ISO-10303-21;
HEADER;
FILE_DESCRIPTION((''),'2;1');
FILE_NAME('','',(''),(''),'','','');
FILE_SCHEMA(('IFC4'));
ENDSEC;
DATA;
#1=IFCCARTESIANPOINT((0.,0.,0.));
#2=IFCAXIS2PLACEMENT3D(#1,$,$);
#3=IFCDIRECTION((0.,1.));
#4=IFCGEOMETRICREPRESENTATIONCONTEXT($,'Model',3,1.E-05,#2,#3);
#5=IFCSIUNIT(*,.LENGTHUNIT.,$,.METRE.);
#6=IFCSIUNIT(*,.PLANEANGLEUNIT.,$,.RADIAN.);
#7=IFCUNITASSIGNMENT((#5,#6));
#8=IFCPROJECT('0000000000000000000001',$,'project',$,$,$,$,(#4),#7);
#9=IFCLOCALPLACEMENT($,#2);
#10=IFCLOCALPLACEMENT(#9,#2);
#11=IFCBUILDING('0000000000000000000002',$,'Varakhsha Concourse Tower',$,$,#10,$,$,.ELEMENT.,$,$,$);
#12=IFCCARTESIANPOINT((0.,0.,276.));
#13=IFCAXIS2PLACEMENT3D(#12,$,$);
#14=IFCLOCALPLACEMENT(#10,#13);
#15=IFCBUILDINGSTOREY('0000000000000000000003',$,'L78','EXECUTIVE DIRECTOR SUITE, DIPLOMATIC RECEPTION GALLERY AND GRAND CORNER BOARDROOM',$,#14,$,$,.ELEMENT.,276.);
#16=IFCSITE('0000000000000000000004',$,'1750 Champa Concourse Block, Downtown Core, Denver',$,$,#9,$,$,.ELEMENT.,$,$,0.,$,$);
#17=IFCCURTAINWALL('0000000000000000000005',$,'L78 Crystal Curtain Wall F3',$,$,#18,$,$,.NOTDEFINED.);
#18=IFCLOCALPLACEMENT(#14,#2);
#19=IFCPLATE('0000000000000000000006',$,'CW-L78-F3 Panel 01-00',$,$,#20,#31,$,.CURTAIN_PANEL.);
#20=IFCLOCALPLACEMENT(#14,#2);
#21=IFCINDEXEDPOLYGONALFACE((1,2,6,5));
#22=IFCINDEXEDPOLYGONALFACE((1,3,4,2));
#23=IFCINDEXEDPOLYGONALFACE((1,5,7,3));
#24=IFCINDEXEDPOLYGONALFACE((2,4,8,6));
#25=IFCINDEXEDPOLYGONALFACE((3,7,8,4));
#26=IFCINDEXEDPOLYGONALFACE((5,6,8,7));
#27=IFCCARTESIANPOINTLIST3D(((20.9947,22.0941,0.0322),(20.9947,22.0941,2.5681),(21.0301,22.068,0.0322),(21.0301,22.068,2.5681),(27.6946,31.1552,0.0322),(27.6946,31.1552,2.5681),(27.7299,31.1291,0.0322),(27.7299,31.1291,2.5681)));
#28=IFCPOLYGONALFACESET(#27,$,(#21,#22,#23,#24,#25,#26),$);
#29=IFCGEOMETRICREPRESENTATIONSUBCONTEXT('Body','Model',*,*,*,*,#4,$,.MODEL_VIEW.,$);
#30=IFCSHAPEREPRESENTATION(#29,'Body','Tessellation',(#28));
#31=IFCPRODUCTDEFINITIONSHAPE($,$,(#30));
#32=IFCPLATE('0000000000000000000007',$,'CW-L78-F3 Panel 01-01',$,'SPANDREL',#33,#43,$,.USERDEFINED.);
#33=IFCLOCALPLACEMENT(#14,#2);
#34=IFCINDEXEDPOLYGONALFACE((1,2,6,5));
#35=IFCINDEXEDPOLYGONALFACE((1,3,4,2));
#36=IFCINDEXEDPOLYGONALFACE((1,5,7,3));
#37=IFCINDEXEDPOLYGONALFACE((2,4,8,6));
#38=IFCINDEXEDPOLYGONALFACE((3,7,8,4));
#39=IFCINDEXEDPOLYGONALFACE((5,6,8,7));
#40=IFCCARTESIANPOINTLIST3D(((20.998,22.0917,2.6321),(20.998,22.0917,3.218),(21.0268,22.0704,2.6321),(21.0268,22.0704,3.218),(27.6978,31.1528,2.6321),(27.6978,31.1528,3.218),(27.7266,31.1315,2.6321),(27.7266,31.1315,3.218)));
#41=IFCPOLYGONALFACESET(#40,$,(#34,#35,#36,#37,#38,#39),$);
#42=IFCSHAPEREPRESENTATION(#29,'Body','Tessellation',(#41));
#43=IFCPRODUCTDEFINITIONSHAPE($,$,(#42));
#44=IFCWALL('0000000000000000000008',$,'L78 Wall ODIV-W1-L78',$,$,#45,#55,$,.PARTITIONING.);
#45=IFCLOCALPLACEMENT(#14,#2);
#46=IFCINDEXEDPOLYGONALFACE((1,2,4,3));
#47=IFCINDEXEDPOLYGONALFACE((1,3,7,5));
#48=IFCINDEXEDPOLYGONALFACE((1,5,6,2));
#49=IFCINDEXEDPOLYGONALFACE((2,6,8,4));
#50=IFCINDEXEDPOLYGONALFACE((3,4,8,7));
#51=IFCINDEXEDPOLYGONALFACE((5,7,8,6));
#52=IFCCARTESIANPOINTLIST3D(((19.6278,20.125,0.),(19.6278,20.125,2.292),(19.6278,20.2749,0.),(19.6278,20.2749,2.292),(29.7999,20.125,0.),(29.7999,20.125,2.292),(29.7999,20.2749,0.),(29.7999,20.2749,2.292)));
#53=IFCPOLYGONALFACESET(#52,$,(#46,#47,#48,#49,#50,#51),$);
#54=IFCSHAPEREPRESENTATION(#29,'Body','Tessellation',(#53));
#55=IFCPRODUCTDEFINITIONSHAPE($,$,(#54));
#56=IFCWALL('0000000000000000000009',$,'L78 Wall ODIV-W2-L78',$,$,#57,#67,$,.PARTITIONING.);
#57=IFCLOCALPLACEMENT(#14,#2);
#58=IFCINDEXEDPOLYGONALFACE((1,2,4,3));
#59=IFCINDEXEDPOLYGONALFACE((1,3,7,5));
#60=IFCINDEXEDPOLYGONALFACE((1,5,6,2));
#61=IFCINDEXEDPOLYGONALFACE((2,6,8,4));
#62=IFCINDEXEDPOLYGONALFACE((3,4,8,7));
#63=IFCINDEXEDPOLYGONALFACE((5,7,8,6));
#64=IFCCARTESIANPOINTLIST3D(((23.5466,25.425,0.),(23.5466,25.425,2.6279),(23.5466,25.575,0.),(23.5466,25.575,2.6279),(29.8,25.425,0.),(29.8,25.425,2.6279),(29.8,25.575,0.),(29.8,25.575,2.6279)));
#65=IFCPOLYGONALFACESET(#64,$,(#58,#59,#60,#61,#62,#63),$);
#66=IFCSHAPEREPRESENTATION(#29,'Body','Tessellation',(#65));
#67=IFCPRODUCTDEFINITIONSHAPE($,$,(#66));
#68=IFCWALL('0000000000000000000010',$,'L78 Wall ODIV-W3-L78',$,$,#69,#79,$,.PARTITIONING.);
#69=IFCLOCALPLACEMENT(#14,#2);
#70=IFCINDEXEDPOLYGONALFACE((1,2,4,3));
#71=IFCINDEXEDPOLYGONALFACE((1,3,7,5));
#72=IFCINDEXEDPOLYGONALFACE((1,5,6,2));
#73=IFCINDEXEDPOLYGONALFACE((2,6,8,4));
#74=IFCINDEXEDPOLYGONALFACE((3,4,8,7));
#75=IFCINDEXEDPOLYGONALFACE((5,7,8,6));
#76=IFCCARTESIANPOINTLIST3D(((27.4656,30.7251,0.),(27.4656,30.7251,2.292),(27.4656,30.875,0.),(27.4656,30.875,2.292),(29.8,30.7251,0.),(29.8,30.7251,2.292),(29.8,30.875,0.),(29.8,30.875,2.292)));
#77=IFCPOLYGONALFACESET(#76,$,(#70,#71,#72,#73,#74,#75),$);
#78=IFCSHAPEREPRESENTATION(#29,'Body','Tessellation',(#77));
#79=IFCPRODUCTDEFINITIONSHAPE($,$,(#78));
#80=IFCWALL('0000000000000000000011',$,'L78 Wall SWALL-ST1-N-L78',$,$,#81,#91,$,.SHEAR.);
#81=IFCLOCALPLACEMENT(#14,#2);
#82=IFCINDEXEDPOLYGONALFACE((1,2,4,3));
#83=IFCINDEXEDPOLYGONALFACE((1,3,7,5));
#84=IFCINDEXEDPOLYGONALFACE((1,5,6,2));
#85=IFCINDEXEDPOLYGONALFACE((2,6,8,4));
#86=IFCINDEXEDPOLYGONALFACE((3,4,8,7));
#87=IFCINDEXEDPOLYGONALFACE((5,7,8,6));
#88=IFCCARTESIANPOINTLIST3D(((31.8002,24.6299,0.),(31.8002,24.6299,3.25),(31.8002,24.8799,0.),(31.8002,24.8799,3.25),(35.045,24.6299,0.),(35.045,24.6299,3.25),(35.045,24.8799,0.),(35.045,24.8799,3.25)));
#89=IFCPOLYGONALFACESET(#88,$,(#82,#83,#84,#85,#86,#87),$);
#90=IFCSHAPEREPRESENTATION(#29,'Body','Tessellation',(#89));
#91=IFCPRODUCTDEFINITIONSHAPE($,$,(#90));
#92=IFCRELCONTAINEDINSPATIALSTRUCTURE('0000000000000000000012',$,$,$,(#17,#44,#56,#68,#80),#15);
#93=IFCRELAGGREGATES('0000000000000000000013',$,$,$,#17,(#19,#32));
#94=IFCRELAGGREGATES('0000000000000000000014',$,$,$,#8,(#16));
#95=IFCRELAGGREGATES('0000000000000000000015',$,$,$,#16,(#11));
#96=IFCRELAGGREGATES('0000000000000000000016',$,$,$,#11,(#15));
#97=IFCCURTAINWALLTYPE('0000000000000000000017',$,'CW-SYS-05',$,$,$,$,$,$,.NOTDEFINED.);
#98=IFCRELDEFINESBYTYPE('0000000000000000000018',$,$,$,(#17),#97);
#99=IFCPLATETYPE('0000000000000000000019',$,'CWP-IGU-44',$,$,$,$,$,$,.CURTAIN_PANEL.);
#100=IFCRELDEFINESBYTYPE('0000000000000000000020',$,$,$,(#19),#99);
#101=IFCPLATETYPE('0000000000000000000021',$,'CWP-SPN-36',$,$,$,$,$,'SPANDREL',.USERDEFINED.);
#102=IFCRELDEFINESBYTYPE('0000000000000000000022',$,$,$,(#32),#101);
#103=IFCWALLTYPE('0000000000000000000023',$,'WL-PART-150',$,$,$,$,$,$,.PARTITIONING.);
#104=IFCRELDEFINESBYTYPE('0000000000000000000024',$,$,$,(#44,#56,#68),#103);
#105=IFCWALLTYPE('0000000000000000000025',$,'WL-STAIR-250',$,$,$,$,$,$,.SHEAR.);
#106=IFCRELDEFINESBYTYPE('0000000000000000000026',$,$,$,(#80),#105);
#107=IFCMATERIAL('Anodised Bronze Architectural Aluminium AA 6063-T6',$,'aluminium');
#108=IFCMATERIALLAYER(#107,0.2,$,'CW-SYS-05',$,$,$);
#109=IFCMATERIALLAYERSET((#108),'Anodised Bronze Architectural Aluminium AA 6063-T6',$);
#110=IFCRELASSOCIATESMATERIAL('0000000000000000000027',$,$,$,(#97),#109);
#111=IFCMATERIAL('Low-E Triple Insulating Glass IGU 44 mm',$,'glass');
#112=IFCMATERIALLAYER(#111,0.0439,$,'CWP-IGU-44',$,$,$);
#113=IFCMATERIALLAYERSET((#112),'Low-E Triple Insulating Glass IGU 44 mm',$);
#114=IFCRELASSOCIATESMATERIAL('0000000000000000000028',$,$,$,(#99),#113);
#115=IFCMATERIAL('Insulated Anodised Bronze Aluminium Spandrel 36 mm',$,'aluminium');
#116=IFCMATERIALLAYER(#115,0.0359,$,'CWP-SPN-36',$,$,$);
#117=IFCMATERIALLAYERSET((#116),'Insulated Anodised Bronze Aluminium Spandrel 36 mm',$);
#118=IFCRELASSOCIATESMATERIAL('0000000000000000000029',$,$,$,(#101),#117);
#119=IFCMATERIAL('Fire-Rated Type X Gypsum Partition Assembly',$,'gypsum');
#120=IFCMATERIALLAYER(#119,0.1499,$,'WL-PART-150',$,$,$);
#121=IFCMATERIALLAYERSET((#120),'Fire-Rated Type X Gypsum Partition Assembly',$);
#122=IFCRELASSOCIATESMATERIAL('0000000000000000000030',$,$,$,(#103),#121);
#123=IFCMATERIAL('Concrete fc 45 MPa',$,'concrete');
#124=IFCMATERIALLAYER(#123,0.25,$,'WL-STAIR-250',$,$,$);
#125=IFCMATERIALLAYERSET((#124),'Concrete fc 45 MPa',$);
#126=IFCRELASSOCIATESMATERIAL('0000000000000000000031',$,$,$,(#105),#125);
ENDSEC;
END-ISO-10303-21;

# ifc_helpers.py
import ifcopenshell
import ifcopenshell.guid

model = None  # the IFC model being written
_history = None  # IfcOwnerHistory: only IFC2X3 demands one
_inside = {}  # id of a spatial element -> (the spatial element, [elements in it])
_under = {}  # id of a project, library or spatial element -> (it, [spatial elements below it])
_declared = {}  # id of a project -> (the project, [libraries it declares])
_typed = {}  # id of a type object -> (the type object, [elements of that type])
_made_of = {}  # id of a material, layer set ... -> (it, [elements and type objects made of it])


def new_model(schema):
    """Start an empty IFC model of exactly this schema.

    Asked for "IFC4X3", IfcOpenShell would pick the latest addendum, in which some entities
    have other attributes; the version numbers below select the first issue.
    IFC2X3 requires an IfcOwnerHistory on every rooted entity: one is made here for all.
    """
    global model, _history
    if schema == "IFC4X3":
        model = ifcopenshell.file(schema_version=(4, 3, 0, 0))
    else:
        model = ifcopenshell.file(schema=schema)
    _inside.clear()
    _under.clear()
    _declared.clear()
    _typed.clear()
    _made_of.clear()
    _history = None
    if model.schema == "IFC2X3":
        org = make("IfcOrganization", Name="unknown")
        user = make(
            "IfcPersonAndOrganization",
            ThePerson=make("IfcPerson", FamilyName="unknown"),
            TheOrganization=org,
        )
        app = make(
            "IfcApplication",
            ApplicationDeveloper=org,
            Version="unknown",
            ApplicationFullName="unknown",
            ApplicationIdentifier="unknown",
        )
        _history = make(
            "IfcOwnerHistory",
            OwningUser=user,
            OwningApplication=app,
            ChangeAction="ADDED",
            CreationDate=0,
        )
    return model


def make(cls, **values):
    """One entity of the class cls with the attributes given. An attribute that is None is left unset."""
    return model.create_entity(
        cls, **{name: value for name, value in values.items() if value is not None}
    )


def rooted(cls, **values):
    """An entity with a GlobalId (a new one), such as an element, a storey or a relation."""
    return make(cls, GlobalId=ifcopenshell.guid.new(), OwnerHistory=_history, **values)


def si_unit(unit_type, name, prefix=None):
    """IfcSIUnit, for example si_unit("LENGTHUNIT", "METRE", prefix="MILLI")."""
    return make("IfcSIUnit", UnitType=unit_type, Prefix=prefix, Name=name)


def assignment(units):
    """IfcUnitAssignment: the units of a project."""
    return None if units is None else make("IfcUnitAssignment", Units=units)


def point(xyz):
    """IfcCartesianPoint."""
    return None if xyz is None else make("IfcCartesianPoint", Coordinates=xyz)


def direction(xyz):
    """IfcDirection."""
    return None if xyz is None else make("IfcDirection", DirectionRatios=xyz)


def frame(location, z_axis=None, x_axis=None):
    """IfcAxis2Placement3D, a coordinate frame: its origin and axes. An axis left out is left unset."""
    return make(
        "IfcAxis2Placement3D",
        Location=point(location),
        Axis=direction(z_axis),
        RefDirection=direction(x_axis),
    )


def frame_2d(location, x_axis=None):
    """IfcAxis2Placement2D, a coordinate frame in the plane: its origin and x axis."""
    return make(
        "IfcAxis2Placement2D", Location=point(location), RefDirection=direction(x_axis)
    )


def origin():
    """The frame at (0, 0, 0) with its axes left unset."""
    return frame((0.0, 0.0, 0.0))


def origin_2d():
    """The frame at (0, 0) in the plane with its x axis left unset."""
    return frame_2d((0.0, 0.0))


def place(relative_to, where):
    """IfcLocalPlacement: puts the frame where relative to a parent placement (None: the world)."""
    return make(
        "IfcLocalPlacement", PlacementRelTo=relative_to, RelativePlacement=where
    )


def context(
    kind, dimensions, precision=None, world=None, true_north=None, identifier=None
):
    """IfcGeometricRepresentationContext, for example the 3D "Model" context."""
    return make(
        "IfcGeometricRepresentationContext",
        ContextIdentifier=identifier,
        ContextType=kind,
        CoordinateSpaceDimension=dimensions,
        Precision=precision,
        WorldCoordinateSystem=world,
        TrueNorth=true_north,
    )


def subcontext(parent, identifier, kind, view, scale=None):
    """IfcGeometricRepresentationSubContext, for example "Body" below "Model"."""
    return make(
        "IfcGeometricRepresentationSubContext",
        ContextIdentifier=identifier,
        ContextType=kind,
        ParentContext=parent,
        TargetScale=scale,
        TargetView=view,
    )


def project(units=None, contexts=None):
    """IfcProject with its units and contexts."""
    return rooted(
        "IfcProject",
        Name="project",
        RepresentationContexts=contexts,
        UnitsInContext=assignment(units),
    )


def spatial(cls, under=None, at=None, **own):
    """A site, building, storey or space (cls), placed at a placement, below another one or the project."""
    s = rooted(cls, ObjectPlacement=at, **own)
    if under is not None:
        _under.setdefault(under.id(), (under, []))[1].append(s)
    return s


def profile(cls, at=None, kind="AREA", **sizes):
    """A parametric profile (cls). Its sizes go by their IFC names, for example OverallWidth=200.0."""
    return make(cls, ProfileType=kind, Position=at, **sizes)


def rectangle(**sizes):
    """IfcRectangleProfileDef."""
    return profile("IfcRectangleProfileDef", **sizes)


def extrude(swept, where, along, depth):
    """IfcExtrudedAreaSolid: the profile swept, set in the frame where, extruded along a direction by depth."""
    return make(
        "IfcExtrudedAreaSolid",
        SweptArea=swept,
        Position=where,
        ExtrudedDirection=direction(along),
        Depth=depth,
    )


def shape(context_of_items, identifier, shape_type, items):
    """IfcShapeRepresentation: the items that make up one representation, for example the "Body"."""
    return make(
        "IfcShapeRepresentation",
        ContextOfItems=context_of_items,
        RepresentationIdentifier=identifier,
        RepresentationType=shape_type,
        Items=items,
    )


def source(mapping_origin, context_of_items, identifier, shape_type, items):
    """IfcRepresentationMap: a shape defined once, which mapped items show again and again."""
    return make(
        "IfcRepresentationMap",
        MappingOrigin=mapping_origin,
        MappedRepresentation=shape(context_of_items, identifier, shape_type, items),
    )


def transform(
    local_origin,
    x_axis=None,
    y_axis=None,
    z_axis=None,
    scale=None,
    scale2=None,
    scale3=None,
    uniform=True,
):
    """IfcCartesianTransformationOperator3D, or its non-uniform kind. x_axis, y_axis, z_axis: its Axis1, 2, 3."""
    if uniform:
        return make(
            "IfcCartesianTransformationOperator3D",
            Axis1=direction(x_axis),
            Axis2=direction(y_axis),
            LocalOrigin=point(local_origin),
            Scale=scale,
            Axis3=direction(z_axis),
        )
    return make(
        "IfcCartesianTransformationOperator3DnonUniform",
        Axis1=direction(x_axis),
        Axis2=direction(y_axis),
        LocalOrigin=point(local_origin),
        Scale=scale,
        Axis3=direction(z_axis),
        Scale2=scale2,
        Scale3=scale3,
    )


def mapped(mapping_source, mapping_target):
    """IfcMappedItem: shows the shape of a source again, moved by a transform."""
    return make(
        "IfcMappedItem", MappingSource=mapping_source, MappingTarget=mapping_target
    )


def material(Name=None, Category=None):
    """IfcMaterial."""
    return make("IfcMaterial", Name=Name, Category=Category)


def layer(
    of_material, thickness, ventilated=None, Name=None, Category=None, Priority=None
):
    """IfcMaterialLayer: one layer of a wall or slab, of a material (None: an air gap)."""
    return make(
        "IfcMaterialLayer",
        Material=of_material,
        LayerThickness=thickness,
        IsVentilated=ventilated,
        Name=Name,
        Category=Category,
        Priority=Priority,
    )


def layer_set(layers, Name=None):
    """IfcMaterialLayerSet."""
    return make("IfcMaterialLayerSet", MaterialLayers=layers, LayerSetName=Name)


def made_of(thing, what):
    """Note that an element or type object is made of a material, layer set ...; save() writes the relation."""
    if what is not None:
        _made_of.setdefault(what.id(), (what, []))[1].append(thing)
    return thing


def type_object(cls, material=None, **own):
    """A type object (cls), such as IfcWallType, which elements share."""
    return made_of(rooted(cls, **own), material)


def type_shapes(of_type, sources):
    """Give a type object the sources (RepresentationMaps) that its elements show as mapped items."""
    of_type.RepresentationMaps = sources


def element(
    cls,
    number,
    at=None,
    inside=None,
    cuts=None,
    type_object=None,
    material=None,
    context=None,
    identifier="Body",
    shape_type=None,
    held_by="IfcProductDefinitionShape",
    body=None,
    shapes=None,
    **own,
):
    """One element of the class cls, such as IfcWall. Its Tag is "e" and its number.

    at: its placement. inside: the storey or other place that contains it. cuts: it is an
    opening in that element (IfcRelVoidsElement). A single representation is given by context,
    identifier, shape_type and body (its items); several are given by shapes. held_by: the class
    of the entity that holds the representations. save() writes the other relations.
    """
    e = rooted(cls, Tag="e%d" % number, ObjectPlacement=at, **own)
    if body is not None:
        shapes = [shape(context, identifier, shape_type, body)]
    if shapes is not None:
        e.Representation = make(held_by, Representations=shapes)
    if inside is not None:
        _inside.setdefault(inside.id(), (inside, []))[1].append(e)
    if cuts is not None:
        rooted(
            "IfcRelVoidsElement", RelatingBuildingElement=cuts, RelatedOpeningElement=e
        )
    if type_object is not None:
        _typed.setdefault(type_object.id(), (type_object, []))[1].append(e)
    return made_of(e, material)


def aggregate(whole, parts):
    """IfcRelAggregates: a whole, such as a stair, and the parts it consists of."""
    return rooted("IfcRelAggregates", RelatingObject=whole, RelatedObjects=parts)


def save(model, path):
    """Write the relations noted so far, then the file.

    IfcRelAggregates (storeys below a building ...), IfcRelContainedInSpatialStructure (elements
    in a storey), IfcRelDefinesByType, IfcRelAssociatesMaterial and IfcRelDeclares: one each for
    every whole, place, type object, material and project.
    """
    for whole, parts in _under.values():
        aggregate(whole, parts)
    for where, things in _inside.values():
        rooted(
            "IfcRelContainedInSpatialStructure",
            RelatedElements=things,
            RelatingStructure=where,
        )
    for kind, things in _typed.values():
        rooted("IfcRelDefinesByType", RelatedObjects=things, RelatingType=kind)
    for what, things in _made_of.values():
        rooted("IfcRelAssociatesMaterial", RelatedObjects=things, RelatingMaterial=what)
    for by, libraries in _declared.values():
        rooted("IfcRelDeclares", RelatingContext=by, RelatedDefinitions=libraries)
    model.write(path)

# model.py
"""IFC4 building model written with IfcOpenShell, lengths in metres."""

from ifc_helpers import new_model, si_unit, direction, frame, frame_2d, origin, origin_2d, place, context, subcontext, project, spatial, rectangle, extrude, source, transform, mapped, material, layer, layer_set, type_object, type_shapes, element, aggregate, save


model = new_model("IFC4")

# Units and contexts
model_context = context("Model", 3, precision=1e-05, world=origin(), true_north=direction((0.0, 1.0)))
body_context = subcontext(model_context, "Body", "Model", "MODEL_VIEW")
ifc_project = project(units=[si_unit("LENGTHUNIT", "METRE"), si_unit("PLANEANGLEUNIT", "RADIAN")], contexts=[model_context])

# Site, building, storey
site_placement = place(None, origin())
site = spatial("IfcSite", under=ifc_project, at=site_placement, Name="1750 Champa Concourse Block, Downtown Core, Denver", CompositionType="ELEMENT", RefElevation=0.0)
building_placement = place(site_placement, origin())
building = spatial("IfcBuilding", under=site, at=building_placement, Name="Varakhsha Concourse Tower", CompositionType="ELEMENT")
storey_placement = place(building_placement, frame((0.0, 0.0, 276.0)))
storey = spatial("IfcBuildingStorey", under=building, at=storey_placement, Name="L78", Description="EXECUTIVE DIRECTOR SUITE, DIPLOMATIC RECEPTION GALLERY AND GRAND CORNER BOARDROOM", CompositionType="ELEMENT", Elevation=276.0)

# Curtain wall, plates
ifc_material_1 = material(Name="Anodised Bronze Architectural Aluminium AA 6063-T6", Category="aluminium")
ifc_layer_1 = layer(ifc_material_1, 0.2, Name="CW-SYS-05")
ifc_layer_set_1 = layer_set([ifc_layer_1], Name="Anodised Bronze Architectural Aluminium AA 6063-T6")
curtain_wall_type = type_object("IfcCurtainWallType", Name="CW-SYS-05", PredefinedType="NOTDEFINED", material=ifc_layer_set_1)
curtain_wall_placement = place(storey_placement, origin())
curtain_wall = element("IfcCurtainWall", 1, at=curtain_wall_placement, inside=storey, type_object=curtain_wall_type, Name="L78 Crystal Curtain Wall F3", PredefinedType="NOTDEFINED")
ifc_material_2 = material(Name="Low-E Triple Insulating Glass IGU 44 mm", Category="glass")
ifc_layer_2 = layer(ifc_material_2, 0.0439, Name="CWP-IGU-44")
ifc_layer_set_2 = layer_set([ifc_layer_2], Name="Low-E Triple Insulating Glass IGU 44 mm")
plate_type_1 = type_object("IfcPlateType", Name="CWP-IGU-44", PredefinedType="CURTAIN_PANEL", material=ifc_layer_set_2)
shared_shape_1 = source(origin(), body_context, "Body", "SweptSolid", [
    extrude(rectangle(XDim=11.269, YDim=0.0439, at=origin_2d()), origin(), (0.0, 0.0, 1.0), 2.5359),
])
type_shapes(plate_type_1, [shared_shape_1])
plate_1_placement = place(storey_placement, frame((24.3623, 26.6116, 0.0322), z_axis=(0.0, 0.0, 1.0), x_axis=(0.594534, 0.804071, 0.0)))
plate_1 = element("IfcPlate", 2, at=plate_1_placement, type_object=plate_type_1, Name="CW-L78-F3 Panel 01-00", PredefinedType="CURTAIN_PANEL", context=body_context, shape_type="MappedRepresentation", body=[
    mapped(shared_shape_1, transform((0.0, 0.0, 0.0), scale=1.0)),
])
ifc_material_3 = material(Name="Insulated Anodised Bronze Aluminium Spandrel 36 mm", Category="aluminium")
ifc_layer_3 = layer(ifc_material_3, 0.0359, Name="CWP-SPN-36")
ifc_layer_set_3 = layer_set([ifc_layer_3], Name="Insulated Anodised Bronze Aluminium Spandrel 36 mm")
plate_type_2 = type_object("IfcPlateType", Name="CWP-SPN-36", ElementType="SPANDREL", PredefinedType="USERDEFINED", material=ifc_layer_set_3)
shared_shape_2 = source(origin(), body_context, "Body", "SweptSolid", [
    extrude(rectangle(XDim=11.269, YDim=0.0359, at=origin_2d()), origin(), (0.0, 0.0, 1.0), 0.5859),
])
type_shapes(plate_type_2, [shared_shape_2])
plate_2_placement = place(storey_placement, frame((24.3623, 26.6116, 2.6321), z_axis=(0.0, 0.0, 1.0), x_axis=(0.594534, 0.804071, 0.0)))
plate_2 = element("IfcPlate", 3, at=plate_2_placement, type_object=plate_type_2, Name="CW-L78-F3 Panel 01-01", ObjectType="SPANDREL", PredefinedType="USERDEFINED", context=body_context, shape_type="MappedRepresentation", body=[
    mapped(shared_shape_2, transform((0.0, 0.0, 0.0), scale=1.0)),
])
aggregate(curtain_wall, [plate_1, plate_2])

# Walls
ifc_material_4 = material(Name="Fire-Rated Type X Gypsum Partition Assembly", Category="gypsum")
ifc_layer_4 = layer(ifc_material_4, 0.1499, Name="WL-PART-150")
ifc_layer_set_4 = layer_set([ifc_layer_4], Name="Fire-Rated Type X Gypsum Partition Assembly")
wall_type_1 = type_object("IfcWallType", Name="WL-PART-150", PredefinedType="PARTITIONING", material=ifc_layer_set_4)
wall_1_placement = place(storey_placement, frame((19.6279, 20.2, 0.0), z_axis=(0.0, 0.0, 1.0), x_axis=(1.0, 0.0, 0.0)))
element("IfcWall", 4, at=wall_1_placement, inside=storey, type_object=wall_type_1, Name="L78 Wall ODIV-W1-L78", PredefinedType="PARTITIONING", context=body_context, shape_type="SweptSolid", body=[
    extrude(rectangle(XDim=10.1721, YDim=0.1499, at=frame_2d((5.0859, 0.0))), origin(), (0.0, 0.0, 1.0), 2.292),
])
wall_2_placement = place(storey_placement, frame((23.5466, 25.5, 0.0), z_axis=(0.0, 0.0, 1.0), x_axis=(1.0, 0.0, 0.0)))
element("IfcWall", 5, at=wall_2_placement, inside=storey, type_object=wall_type_1, Name="L78 Wall ODIV-W2-L78", PredefinedType="PARTITIONING", context=body_context, shape_type="SweptSolid", body=[
    extrude(rectangle(XDim=6.2534, YDim=0.1499, at=frame_2d((3.1267, 0.0))), origin(), (0.0, 0.0, 1.0), 2.6279),
])
wall_3_placement = place(storey_placement, frame((27.4656, 30.8, 0.0), z_axis=(0.0, 0.0, 1.0), x_axis=(1.0, 0.0, 0.0)))
element("IfcWall", 6, at=wall_3_placement, inside=storey, type_object=wall_type_1, Name="L78 Wall ODIV-W3-L78", PredefinedType="PARTITIONING", context=body_context, shape_type="SweptSolid", body=[
    extrude(rectangle(XDim=2.3345, YDim=0.1499, at=frame_2d((1.1672, 0.0))), origin(), (0.0, 0.0, 1.0), 2.292),
])

# Wall
ifc_material_5 = material(Name="Concrete fc 45 MPa", Category="concrete")
ifc_layer_5 = layer(ifc_material_5, 0.25, Name="WL-STAIR-250")
ifc_layer_set_5 = layer_set([ifc_layer_5], Name="Concrete fc 45 MPa")
wall_type_2 = type_object("IfcWallType", Name="WL-STAIR-250", PredefinedType="SHEAR", material=ifc_layer_set_5)
wall_4_placement = place(storey_placement, frame((31.8, 24.7549, 0.0), z_axis=(0.0, 0.0, 1.0), x_axis=(1.0, 0.0, 0.0)))
element("IfcWall", 7, at=wall_4_placement, inside=storey, type_object=wall_type_2, Name="L78 Wall SWALL-ST1-N-L78", PredefinedType="SHEAR", context=body_context, shape_type="SweptSolid", body=[
    extrude(rectangle(XDim=3.2449, YDim=0.25, at=frame_2d((1.6226, 0.0))), origin(), (0.0, 0.0, 1.0), 3.25),
])

save(model, "model.ifc")
